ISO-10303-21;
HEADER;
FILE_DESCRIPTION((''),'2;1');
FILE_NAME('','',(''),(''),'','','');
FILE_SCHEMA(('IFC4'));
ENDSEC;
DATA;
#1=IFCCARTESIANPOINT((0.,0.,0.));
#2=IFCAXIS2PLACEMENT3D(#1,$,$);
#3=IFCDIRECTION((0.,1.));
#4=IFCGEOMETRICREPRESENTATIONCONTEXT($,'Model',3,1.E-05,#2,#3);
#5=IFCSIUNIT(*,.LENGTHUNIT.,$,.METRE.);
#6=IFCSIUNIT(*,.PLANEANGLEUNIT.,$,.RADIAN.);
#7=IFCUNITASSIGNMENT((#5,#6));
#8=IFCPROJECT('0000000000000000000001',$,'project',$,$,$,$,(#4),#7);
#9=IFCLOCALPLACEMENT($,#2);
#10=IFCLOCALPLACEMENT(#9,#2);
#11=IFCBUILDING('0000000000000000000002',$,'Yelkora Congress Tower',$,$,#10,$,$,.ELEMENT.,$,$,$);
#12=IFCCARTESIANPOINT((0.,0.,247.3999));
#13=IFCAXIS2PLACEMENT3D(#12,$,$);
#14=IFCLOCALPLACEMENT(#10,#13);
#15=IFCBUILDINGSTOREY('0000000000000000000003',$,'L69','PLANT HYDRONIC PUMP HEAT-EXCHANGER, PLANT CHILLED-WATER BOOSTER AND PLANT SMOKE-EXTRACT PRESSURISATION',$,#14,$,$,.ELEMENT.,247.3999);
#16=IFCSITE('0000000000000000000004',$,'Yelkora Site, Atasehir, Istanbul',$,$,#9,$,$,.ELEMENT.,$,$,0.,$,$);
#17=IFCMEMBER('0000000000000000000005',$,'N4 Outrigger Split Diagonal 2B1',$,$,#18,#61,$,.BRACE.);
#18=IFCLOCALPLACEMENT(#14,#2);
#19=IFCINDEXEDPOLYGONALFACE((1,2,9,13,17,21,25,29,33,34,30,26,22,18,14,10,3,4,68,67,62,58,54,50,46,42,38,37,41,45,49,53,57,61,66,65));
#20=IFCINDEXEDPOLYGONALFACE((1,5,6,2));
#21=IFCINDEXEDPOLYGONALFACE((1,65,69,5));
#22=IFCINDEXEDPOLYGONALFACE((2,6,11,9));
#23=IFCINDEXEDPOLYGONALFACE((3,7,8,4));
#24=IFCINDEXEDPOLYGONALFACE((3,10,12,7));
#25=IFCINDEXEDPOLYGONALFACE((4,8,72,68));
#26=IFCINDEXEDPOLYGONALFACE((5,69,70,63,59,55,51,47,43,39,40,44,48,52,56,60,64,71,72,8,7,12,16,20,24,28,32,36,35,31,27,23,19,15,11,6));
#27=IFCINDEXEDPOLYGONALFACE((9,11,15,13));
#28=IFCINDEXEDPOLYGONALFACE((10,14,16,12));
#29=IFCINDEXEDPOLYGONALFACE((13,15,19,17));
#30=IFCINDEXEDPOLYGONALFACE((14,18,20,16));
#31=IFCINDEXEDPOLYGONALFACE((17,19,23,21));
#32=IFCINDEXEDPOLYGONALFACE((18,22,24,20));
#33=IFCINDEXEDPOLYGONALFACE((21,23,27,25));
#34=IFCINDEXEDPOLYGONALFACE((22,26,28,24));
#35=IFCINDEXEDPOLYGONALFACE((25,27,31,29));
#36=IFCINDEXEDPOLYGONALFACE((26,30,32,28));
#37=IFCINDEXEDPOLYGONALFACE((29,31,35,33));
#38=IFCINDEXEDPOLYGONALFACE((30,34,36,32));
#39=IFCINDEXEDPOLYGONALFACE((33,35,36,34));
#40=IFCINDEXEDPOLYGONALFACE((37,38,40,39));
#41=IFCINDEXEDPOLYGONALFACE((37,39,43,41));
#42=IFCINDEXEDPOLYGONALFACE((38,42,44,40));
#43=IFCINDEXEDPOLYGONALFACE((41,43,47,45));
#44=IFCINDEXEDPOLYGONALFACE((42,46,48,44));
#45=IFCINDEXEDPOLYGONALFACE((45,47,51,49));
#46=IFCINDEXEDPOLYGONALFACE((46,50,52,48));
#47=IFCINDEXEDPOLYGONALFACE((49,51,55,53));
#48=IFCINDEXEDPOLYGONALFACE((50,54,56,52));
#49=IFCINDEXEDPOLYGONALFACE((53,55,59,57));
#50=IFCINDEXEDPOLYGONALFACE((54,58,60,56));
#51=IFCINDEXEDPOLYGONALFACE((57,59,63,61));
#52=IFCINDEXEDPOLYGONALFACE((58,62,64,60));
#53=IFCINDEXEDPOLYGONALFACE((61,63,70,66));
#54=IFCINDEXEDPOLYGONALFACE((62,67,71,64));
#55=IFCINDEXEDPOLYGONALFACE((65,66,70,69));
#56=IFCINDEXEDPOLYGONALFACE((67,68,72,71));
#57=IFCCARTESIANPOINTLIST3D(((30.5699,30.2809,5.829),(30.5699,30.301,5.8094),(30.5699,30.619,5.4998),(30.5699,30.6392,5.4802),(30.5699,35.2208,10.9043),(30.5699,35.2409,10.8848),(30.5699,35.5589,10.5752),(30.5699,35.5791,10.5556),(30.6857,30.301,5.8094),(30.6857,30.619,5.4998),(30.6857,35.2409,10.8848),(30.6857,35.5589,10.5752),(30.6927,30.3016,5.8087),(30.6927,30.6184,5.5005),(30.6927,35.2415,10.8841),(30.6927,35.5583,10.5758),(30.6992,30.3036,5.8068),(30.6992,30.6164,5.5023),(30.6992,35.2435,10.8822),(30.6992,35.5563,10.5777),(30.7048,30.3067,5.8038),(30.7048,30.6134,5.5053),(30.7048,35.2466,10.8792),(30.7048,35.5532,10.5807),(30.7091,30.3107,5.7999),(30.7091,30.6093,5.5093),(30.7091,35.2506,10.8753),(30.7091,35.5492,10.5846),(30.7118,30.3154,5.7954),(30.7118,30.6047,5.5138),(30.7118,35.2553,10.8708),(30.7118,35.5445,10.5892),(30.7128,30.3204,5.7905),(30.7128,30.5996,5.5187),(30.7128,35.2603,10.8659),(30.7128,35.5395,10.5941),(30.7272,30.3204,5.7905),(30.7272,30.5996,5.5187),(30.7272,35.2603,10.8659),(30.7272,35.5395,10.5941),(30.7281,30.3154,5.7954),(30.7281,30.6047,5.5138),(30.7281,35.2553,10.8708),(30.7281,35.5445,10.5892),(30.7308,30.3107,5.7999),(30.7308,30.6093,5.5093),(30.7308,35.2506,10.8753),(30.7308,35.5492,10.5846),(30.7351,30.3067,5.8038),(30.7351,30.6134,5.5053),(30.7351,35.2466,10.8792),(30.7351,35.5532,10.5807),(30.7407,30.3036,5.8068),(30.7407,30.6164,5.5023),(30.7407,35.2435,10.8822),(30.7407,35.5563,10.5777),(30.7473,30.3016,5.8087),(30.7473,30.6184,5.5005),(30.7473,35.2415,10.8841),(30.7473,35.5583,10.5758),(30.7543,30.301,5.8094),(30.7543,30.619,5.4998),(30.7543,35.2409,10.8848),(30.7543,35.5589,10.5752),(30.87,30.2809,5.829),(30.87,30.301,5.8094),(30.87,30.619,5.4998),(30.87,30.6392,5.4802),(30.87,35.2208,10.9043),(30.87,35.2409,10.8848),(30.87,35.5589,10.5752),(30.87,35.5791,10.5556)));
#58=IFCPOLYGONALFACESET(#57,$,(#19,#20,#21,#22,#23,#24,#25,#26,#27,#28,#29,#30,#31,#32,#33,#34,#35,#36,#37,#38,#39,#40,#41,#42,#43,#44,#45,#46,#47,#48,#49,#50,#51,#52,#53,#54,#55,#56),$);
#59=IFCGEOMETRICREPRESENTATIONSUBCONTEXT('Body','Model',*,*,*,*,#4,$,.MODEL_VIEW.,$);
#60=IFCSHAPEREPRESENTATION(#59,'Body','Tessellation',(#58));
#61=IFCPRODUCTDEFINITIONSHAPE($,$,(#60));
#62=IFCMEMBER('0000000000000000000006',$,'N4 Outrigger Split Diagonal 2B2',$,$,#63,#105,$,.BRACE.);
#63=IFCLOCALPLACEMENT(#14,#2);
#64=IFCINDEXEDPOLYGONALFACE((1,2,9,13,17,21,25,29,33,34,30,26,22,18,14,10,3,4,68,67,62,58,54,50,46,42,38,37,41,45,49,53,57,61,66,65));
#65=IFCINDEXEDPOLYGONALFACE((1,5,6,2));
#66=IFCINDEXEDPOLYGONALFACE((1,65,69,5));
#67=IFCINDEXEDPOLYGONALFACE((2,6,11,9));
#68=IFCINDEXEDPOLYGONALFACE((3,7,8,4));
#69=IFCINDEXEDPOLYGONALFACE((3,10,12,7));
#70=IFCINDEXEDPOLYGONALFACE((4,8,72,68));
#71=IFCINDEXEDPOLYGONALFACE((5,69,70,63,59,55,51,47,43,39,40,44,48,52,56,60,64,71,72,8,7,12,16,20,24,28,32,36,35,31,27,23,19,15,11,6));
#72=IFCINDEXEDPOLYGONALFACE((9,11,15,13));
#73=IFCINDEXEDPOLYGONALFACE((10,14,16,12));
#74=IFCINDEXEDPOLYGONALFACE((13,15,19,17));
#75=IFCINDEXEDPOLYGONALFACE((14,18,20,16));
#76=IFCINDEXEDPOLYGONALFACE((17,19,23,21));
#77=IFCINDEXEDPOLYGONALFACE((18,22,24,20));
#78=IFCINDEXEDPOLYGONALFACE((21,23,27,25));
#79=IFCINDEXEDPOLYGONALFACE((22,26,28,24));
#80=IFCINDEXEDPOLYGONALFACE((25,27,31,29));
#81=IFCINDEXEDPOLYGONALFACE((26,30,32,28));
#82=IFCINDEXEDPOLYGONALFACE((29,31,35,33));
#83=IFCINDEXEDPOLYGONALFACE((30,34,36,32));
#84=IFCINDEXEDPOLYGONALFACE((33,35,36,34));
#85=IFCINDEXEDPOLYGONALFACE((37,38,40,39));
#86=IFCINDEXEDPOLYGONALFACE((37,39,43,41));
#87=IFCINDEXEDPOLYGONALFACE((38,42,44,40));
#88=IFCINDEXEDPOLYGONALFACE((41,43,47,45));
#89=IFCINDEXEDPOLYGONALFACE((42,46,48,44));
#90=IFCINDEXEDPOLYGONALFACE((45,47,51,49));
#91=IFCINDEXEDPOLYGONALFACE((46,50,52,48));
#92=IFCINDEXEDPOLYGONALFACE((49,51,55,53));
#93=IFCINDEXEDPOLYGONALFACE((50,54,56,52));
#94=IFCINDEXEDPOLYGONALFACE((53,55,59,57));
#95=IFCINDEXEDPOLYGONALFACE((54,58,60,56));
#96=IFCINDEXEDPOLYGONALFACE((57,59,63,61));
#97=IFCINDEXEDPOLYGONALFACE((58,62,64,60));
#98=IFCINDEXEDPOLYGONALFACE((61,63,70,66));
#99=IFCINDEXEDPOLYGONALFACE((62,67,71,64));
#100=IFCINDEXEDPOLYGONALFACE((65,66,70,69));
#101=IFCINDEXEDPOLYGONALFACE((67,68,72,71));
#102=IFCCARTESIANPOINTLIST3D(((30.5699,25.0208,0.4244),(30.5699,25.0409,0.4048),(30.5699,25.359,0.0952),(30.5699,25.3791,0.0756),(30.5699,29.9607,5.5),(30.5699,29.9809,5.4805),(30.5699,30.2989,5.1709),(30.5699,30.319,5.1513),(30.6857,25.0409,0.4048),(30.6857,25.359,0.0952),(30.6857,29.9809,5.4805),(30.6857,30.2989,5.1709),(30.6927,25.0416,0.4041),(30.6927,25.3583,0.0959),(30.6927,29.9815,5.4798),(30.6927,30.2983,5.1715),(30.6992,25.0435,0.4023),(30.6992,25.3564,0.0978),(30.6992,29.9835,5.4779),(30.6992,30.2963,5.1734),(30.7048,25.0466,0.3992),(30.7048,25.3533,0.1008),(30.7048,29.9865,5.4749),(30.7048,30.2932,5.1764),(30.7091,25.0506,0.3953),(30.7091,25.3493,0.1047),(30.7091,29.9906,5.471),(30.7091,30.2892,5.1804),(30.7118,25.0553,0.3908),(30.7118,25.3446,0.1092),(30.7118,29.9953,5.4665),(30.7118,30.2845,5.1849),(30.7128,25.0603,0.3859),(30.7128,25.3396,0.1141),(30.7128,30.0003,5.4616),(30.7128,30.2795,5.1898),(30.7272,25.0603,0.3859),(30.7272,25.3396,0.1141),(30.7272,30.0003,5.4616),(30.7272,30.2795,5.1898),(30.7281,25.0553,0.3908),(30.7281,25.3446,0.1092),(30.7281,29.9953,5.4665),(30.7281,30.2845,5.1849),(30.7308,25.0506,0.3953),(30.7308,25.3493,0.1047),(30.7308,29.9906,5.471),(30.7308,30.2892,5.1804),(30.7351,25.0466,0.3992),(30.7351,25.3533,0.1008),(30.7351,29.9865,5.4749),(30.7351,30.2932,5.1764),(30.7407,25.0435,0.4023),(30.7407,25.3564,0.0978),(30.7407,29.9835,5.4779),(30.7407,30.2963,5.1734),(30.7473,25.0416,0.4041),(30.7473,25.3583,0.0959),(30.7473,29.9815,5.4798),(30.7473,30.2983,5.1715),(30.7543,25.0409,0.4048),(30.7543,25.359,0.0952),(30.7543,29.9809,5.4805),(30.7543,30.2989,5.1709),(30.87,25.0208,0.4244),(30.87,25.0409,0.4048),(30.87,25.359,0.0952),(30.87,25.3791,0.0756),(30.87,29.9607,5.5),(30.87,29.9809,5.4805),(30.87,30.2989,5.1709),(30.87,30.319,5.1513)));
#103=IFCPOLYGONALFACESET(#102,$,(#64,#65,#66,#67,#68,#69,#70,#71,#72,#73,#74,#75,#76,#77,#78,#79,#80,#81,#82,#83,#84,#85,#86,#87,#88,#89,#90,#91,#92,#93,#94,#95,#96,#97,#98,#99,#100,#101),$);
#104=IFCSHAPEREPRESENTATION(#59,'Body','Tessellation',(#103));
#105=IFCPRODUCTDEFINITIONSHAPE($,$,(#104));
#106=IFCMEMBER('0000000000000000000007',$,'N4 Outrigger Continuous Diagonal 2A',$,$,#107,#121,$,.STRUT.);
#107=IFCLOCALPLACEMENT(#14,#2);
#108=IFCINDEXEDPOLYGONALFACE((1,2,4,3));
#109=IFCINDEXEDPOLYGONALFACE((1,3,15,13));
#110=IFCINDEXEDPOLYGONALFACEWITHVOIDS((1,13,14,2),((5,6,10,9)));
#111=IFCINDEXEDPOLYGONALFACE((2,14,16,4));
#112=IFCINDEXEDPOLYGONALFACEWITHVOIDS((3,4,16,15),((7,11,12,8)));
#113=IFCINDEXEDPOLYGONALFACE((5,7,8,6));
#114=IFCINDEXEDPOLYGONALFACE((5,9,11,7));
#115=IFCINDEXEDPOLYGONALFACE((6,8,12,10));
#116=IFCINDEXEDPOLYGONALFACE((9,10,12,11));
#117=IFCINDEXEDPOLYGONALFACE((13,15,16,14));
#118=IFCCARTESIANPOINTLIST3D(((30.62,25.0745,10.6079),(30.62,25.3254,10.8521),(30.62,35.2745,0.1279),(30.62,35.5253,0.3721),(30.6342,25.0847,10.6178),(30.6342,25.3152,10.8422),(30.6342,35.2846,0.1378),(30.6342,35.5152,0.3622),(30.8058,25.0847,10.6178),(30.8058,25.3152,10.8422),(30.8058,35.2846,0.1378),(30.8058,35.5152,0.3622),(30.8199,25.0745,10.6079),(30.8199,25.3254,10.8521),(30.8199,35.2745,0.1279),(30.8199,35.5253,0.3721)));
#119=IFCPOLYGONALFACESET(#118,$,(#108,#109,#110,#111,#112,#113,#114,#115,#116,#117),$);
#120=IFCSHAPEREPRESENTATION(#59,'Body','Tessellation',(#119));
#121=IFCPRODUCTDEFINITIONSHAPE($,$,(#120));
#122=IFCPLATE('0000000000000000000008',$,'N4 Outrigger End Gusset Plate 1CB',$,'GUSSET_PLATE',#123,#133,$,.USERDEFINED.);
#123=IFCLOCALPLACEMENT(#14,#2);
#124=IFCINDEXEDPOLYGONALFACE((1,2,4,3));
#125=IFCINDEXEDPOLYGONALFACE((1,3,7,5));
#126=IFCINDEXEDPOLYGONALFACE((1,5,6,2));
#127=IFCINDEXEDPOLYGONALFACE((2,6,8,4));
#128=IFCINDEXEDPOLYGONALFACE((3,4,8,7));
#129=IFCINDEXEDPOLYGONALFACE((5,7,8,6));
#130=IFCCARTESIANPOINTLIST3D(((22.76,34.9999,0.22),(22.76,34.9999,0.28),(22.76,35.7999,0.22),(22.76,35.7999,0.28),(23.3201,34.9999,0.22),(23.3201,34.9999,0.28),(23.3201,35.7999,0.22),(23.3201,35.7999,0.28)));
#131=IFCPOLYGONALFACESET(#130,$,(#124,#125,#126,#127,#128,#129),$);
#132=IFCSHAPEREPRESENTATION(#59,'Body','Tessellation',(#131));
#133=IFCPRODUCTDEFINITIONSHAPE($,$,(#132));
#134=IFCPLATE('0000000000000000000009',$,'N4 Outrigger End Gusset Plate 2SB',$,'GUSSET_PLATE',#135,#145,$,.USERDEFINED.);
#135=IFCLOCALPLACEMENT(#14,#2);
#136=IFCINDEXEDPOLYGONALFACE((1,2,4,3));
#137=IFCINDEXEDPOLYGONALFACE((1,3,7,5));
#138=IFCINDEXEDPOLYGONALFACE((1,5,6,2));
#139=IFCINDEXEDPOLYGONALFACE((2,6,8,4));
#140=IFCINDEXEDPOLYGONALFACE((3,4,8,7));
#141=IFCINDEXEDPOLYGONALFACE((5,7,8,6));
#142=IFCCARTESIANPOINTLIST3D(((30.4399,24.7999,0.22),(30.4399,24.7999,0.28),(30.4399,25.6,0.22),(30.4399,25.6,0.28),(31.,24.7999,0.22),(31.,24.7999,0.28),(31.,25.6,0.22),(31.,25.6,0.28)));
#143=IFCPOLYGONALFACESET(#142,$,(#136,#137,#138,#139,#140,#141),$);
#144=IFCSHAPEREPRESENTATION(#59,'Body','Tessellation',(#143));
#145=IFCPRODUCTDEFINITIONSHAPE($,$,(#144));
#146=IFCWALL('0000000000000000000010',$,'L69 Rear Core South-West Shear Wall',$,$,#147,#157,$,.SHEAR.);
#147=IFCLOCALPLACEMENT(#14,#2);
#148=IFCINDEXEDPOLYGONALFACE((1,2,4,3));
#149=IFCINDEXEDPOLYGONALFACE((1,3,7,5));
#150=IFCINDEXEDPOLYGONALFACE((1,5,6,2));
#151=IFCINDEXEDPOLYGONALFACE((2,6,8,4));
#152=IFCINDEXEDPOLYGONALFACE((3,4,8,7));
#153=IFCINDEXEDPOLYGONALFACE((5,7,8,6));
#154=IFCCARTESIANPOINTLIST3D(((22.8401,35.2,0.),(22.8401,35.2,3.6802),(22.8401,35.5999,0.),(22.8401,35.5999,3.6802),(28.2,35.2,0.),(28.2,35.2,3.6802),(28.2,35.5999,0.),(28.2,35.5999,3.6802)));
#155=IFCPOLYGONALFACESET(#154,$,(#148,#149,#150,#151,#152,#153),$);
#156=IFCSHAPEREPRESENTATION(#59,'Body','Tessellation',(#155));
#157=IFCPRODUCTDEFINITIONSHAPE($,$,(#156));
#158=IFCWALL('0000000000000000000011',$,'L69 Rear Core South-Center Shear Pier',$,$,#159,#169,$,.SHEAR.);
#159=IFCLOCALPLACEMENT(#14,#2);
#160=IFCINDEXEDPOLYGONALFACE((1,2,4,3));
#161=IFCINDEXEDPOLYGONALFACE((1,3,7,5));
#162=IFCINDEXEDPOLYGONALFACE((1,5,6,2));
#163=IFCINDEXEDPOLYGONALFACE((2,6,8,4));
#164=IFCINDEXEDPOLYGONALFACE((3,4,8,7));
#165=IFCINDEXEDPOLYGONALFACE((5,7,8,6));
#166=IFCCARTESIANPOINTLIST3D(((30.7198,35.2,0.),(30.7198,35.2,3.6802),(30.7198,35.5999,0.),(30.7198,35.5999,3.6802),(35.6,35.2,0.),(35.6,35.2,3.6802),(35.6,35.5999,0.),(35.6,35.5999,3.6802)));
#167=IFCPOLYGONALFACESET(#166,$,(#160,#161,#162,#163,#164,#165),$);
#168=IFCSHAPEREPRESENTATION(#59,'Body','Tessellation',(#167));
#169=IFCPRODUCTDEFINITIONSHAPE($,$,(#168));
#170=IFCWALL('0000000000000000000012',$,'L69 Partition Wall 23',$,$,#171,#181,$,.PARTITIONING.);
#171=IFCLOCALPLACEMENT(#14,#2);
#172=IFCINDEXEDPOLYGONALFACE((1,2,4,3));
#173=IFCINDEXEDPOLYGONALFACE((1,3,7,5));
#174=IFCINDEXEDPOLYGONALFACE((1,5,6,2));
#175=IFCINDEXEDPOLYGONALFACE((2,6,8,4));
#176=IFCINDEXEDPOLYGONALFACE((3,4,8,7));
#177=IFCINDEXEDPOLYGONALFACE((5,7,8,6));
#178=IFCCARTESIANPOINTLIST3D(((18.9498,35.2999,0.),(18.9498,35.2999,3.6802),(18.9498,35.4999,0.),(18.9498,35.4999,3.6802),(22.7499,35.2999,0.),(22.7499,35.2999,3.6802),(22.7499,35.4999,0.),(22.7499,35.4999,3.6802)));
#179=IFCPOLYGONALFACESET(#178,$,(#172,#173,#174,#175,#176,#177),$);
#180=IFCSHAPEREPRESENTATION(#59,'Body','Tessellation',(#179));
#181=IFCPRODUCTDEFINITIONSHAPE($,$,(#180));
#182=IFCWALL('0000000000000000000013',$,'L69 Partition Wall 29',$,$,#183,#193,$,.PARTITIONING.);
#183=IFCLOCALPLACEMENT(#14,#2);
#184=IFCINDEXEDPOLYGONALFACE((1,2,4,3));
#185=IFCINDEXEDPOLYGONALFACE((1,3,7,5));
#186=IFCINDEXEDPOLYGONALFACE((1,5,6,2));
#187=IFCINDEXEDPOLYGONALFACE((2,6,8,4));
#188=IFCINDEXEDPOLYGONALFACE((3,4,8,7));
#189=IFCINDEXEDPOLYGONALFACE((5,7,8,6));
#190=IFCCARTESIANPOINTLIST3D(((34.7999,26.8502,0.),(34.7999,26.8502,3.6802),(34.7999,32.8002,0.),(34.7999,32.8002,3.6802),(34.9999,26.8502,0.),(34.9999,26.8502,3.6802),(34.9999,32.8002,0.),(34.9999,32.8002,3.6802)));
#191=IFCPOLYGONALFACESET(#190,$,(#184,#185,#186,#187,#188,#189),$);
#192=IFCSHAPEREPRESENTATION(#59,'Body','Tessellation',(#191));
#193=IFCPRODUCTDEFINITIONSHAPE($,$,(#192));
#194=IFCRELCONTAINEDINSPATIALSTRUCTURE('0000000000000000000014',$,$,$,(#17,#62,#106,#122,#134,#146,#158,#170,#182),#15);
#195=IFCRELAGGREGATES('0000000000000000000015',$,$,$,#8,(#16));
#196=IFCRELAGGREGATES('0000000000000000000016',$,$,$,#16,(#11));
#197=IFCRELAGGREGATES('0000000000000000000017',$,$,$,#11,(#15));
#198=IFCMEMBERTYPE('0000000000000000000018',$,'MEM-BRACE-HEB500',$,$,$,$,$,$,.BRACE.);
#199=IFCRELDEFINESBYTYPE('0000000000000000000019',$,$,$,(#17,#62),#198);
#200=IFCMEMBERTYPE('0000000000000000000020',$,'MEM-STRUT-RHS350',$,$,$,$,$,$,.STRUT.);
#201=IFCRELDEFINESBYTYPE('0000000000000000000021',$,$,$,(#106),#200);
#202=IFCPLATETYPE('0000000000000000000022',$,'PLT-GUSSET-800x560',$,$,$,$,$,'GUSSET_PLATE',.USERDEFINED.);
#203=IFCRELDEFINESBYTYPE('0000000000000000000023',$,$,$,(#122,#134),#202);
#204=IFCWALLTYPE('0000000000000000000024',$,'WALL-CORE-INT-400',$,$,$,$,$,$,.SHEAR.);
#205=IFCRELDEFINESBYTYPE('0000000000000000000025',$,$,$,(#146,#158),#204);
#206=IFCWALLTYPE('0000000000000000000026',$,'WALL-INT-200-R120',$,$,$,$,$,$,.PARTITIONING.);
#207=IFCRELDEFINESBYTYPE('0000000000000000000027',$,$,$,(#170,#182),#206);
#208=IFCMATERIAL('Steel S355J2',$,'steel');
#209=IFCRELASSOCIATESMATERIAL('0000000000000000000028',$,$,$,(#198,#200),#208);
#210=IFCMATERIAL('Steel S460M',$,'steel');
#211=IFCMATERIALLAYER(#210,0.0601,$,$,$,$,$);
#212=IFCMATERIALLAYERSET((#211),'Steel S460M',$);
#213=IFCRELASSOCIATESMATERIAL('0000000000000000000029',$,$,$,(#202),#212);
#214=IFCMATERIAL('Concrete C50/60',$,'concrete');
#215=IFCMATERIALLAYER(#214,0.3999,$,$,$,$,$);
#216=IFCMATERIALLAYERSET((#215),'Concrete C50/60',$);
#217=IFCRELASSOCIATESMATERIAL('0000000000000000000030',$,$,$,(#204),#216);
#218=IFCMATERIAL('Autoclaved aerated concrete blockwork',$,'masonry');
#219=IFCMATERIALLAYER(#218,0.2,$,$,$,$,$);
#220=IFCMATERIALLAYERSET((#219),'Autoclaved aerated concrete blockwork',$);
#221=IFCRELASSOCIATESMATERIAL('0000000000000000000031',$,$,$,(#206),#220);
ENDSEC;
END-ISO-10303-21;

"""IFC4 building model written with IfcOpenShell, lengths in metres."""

from ifc_helpers import new_model, si_unit, direction, frame, frame_2d, origin, origin_2d, place, context, subcontext, project, spatial, rectangle, hollow_rectangle, i_section, extrude, material, layer, layer_set, material_profile, profile_set, type_object, element, save


model = new_model("IFC4")

# Units and contexts
model_context = context("Model", 3, precision=1e-05, world=origin(), true_north=direction((0.0, 1.0)))
body_context = subcontext(model_context, "Body", "Model", "MODEL_VIEW")
ifc_project = project(units=[si_unit("LENGTHUNIT", "METRE"), si_unit("PLANEANGLEUNIT", "RADIAN")], contexts=[model_context])

# Site, building, storey
site_placement = place(None, origin())
site = spatial("IfcSite", under=ifc_project, at=site_placement, Name="Yelkora Site, Atasehir, Istanbul", CompositionType="ELEMENT", RefElevation=0.0)
building_placement = place(site_placement, origin())
building = spatial("IfcBuilding", under=site, at=building_placement, Name="Yelkora Congress Tower", CompositionType="ELEMENT")
storey_placement = place(building_placement, frame((0.0, 0.0, 247.3999)))
storey = spatial("IfcBuildingStorey", under=building, at=storey_placement, Name="L69", Description="PLANT HYDRONIC PUMP HEAT-EXCHANGER, PLANT CHILLED-WATER BOOSTER AND PLANT SMOKE-EXTRACT PRESSURISATION", CompositionType="ELEMENT", Elevation=247.3999)

# Shared definitions
ifc_material_1 = material(Name="Steel S460M", Category="steel")

# Members
ifc_material_2 = material(Name="Steel S355J2", Category="steel")
ifc_material_profile_1 = material_profile(ifc_material_2, i_section(OverallWidth=0.3, OverallDepth=0.5, WebThickness=0.0144, FlangeThickness=0.0281, FilletRadius=0.0271, at=origin_2d()), Name="HEB 500")
ifc_profile_set_1 = profile_set([ifc_material_profile_1], Name="Steel S355J2")
member_type_1 = type_object("IfcMemberType", Name="MEM-BRACE-HEB500", PredefinedType="BRACE", material=ifc_profile_set_1)
member_1_placement = place(storey_placement, frame((30.72, 35.3999, 10.73), z_axis=(0.0, -0.697477, -0.716608), x_axis=(1.0, 0.0, 0.0)))
element("IfcMember", 1, at=member_1_placement, inside=storey, type_object=member_type_1, Name="N4 Outrigger Split Diagonal 2B1", PredefinedType="BRACE", context=body_context, shape_type="SweptSolid", body=[
    extrude(i_section(OverallWidth=0.3, OverallDepth=0.5, WebThickness=0.0144, FlangeThickness=0.0281, FilletRadius=0.0271, at=origin_2d()), origin(), (0.0, 0.0, 1.0), 7.0825),
])
member_2_placement = place(storey_placement, frame((30.72, 30.1399, 5.3257), z_axis=(0.0, -0.697459, -0.716624), x_axis=(1.0, 0.0, 0.0)))
element("IfcMember", 2, at=member_2_placement, inside=storey, type_object=member_type_1, Name="N4 Outrigger Split Diagonal 2B2", PredefinedType="BRACE", context=body_context, shape_type="SweptSolid", body=[
    extrude(i_section(OverallWidth=0.3, OverallDepth=0.5, WebThickness=0.0144, FlangeThickness=0.0281, FilletRadius=0.0271, at=origin_2d()), origin(), (0.0, 0.0, 1.0), 7.0828),
])
ifc_material_profile_2 = material_profile(ifc_material_2, hollow_rectangle(XDim=0.2, YDim=0.3501, WallThickness=0.0142, at=origin_2d()), Name="RHS 350x200x14.2")
ifc_profile_set_2 = profile_set([ifc_material_profile_2], Name="Steel S355J2")
member_type_2 = type_object("IfcMemberType", Name="MEM-STRUT-RHS350", PredefinedType="STRUT", material=ifc_profile_set_2)
member_3_placement = place(storey_placement, frame((30.72, 35.3999, 0.25), z_axis=(0.0, -0.697468, 0.716616), x_axis=(1.0, 0.0, 0.0)))
element("IfcMember", 3, at=member_3_placement, inside=storey, type_object=member_type_2, Name="N4 Outrigger Continuous Diagonal 2A", PredefinedType="STRUT", context=body_context, shape_type="SweptSolid", body=[
    extrude(hollow_rectangle(XDim=0.2, YDim=0.3501, WallThickness=0.0142, at=origin_2d()), origin(), (0.0, 0.0, 1.0), 14.6243),
])

# Plates
ifc_layer_1 = layer(ifc_material_1, 0.0601)
ifc_layer_set_1 = layer_set([ifc_layer_1], Name="Steel S460M")
plate_type = type_object("IfcPlateType", Name="PLT-GUSSET-800x560", ElementType="GUSSET_PLATE", PredefinedType="USERDEFINED", material=ifc_layer_set_1)
for number, where, z_axis, x_axis, name in (
    (4, (23.04, 35.3999, 0.22), (0.0, 0.0, 1.0), (0.0, 1.0, 0.0), "N4 Outrigger End Gusset Plate 1CB"),
    (5, (30.72, 25.2, 0.22), (0.0, 0.0, 1.0), (0.0, 1.0, 0.0), "N4 Outrigger End Gusset Plate 2SB"),
):
    element("IfcPlate", number, at=place(storey_placement, frame(where, z_axis=z_axis, x_axis=x_axis)), inside=storey, type_object=plate_type, Name=name, ObjectType="GUSSET_PLATE", PredefinedType="USERDEFINED", context=body_context, shape_type="SweptSolid", body=[
        extrude(rectangle(XDim=0.8, YDim=0.5601, at=origin_2d()), origin(), (0.0, 0.0, 1.0), 0.0601),
    ])

# Walls
ifc_material_3 = material(Name="Concrete C50/60", Category="concrete")
ifc_layer_2 = layer(ifc_material_3, 0.3999)
ifc_layer_set_2 = layer_set([ifc_layer_2], Name="Concrete C50/60")
wall_type_1 = type_object("IfcWallType", Name="WALL-CORE-INT-400", PredefinedType="SHEAR", material=ifc_layer_set_2)
wall_1_placement = place(storey_placement, frame((22.8401, 35.3999, 0.0), z_axis=(0.0, 0.0, 1.0), x_axis=(1.0, 0.0, 0.0)))
element("IfcWall", 6, at=wall_1_placement, inside=storey, type_object=wall_type_1, Name="L69 Rear Core South-West Shear Wall", PredefinedType="SHEAR", context=body_context, shape_type="SweptSolid", body=[
    extrude(rectangle(XDim=5.3599, YDim=0.3999, at=frame_2d((2.6799, 0.0))), origin(), (0.0, 0.0, 1.0), 3.6802),
])
wall_2_placement = place(storey_placement, frame((30.72, 35.3999, 0.0), z_axis=(0.0, 0.0, 1.0), x_axis=(1.0, 0.0, 0.0)))
element("IfcWall", 7, at=wall_2_placement, inside=storey, type_object=wall_type_1, Name="L69 Rear Core South-Center Shear Pier", PredefinedType="SHEAR", context=body_context, shape_type="SweptSolid", body=[
    extrude(rectangle(XDim=4.8801, YDim=0.3999, at=frame_2d((2.4399, 0.0))), origin(), (0.0, 0.0, 1.0), 3.6802),
])

# Shared definitions
ifc_material_4 = material(Name="Autoclaved aerated concrete blockwork", Category="masonry")
ifc_layer_3 = layer(ifc_material_4, 0.2)
ifc_layer_set_3 = layer_set([ifc_layer_3], Name="Autoclaved aerated concrete blockwork")
wall_type_2 = type_object("IfcWallType", Name="WALL-INT-200-R120", PredefinedType="PARTITIONING", material=ifc_layer_set_3)

# Walls
wall_3_placement = place(storey_placement, frame((18.95, 35.3999, 0.0), z_axis=(0.0, 0.0, 1.0), x_axis=(1.0, 0.0, 0.0)))
element("IfcWall", 8, at=wall_3_placement, inside=storey, type_object=wall_type_2, Name="L69 Partition Wall 23", PredefinedType="PARTITIONING", context=body_context, shape_type="SweptSolid", body=[
    extrude(rectangle(XDim=3.8, YDim=0.2, at=frame_2d((1.8999, 0.0))), origin(), (0.0, 0.0, 1.0), 3.6802),
])
wall_4_placement = place(storey_placement, frame((34.8999, 26.8501, 0.0), z_axis=(0.0, 0.0, 1.0), x_axis=(0.0, 1.0, 0.0)))
element("IfcWall", 9, at=wall_4_placement, inside=storey, type_object=wall_type_2, Name="L69 Partition Wall 29", PredefinedType="PARTITIONING", context=body_context, shape_type="SweptSolid", body=[
    extrude(rectangle(XDim=5.95, YDim=0.2, at=frame_2d((2.9751, 0.0))), origin(), (0.0, 0.0, 1.0), 3.6802),
])

save(model, "model.ifc")
